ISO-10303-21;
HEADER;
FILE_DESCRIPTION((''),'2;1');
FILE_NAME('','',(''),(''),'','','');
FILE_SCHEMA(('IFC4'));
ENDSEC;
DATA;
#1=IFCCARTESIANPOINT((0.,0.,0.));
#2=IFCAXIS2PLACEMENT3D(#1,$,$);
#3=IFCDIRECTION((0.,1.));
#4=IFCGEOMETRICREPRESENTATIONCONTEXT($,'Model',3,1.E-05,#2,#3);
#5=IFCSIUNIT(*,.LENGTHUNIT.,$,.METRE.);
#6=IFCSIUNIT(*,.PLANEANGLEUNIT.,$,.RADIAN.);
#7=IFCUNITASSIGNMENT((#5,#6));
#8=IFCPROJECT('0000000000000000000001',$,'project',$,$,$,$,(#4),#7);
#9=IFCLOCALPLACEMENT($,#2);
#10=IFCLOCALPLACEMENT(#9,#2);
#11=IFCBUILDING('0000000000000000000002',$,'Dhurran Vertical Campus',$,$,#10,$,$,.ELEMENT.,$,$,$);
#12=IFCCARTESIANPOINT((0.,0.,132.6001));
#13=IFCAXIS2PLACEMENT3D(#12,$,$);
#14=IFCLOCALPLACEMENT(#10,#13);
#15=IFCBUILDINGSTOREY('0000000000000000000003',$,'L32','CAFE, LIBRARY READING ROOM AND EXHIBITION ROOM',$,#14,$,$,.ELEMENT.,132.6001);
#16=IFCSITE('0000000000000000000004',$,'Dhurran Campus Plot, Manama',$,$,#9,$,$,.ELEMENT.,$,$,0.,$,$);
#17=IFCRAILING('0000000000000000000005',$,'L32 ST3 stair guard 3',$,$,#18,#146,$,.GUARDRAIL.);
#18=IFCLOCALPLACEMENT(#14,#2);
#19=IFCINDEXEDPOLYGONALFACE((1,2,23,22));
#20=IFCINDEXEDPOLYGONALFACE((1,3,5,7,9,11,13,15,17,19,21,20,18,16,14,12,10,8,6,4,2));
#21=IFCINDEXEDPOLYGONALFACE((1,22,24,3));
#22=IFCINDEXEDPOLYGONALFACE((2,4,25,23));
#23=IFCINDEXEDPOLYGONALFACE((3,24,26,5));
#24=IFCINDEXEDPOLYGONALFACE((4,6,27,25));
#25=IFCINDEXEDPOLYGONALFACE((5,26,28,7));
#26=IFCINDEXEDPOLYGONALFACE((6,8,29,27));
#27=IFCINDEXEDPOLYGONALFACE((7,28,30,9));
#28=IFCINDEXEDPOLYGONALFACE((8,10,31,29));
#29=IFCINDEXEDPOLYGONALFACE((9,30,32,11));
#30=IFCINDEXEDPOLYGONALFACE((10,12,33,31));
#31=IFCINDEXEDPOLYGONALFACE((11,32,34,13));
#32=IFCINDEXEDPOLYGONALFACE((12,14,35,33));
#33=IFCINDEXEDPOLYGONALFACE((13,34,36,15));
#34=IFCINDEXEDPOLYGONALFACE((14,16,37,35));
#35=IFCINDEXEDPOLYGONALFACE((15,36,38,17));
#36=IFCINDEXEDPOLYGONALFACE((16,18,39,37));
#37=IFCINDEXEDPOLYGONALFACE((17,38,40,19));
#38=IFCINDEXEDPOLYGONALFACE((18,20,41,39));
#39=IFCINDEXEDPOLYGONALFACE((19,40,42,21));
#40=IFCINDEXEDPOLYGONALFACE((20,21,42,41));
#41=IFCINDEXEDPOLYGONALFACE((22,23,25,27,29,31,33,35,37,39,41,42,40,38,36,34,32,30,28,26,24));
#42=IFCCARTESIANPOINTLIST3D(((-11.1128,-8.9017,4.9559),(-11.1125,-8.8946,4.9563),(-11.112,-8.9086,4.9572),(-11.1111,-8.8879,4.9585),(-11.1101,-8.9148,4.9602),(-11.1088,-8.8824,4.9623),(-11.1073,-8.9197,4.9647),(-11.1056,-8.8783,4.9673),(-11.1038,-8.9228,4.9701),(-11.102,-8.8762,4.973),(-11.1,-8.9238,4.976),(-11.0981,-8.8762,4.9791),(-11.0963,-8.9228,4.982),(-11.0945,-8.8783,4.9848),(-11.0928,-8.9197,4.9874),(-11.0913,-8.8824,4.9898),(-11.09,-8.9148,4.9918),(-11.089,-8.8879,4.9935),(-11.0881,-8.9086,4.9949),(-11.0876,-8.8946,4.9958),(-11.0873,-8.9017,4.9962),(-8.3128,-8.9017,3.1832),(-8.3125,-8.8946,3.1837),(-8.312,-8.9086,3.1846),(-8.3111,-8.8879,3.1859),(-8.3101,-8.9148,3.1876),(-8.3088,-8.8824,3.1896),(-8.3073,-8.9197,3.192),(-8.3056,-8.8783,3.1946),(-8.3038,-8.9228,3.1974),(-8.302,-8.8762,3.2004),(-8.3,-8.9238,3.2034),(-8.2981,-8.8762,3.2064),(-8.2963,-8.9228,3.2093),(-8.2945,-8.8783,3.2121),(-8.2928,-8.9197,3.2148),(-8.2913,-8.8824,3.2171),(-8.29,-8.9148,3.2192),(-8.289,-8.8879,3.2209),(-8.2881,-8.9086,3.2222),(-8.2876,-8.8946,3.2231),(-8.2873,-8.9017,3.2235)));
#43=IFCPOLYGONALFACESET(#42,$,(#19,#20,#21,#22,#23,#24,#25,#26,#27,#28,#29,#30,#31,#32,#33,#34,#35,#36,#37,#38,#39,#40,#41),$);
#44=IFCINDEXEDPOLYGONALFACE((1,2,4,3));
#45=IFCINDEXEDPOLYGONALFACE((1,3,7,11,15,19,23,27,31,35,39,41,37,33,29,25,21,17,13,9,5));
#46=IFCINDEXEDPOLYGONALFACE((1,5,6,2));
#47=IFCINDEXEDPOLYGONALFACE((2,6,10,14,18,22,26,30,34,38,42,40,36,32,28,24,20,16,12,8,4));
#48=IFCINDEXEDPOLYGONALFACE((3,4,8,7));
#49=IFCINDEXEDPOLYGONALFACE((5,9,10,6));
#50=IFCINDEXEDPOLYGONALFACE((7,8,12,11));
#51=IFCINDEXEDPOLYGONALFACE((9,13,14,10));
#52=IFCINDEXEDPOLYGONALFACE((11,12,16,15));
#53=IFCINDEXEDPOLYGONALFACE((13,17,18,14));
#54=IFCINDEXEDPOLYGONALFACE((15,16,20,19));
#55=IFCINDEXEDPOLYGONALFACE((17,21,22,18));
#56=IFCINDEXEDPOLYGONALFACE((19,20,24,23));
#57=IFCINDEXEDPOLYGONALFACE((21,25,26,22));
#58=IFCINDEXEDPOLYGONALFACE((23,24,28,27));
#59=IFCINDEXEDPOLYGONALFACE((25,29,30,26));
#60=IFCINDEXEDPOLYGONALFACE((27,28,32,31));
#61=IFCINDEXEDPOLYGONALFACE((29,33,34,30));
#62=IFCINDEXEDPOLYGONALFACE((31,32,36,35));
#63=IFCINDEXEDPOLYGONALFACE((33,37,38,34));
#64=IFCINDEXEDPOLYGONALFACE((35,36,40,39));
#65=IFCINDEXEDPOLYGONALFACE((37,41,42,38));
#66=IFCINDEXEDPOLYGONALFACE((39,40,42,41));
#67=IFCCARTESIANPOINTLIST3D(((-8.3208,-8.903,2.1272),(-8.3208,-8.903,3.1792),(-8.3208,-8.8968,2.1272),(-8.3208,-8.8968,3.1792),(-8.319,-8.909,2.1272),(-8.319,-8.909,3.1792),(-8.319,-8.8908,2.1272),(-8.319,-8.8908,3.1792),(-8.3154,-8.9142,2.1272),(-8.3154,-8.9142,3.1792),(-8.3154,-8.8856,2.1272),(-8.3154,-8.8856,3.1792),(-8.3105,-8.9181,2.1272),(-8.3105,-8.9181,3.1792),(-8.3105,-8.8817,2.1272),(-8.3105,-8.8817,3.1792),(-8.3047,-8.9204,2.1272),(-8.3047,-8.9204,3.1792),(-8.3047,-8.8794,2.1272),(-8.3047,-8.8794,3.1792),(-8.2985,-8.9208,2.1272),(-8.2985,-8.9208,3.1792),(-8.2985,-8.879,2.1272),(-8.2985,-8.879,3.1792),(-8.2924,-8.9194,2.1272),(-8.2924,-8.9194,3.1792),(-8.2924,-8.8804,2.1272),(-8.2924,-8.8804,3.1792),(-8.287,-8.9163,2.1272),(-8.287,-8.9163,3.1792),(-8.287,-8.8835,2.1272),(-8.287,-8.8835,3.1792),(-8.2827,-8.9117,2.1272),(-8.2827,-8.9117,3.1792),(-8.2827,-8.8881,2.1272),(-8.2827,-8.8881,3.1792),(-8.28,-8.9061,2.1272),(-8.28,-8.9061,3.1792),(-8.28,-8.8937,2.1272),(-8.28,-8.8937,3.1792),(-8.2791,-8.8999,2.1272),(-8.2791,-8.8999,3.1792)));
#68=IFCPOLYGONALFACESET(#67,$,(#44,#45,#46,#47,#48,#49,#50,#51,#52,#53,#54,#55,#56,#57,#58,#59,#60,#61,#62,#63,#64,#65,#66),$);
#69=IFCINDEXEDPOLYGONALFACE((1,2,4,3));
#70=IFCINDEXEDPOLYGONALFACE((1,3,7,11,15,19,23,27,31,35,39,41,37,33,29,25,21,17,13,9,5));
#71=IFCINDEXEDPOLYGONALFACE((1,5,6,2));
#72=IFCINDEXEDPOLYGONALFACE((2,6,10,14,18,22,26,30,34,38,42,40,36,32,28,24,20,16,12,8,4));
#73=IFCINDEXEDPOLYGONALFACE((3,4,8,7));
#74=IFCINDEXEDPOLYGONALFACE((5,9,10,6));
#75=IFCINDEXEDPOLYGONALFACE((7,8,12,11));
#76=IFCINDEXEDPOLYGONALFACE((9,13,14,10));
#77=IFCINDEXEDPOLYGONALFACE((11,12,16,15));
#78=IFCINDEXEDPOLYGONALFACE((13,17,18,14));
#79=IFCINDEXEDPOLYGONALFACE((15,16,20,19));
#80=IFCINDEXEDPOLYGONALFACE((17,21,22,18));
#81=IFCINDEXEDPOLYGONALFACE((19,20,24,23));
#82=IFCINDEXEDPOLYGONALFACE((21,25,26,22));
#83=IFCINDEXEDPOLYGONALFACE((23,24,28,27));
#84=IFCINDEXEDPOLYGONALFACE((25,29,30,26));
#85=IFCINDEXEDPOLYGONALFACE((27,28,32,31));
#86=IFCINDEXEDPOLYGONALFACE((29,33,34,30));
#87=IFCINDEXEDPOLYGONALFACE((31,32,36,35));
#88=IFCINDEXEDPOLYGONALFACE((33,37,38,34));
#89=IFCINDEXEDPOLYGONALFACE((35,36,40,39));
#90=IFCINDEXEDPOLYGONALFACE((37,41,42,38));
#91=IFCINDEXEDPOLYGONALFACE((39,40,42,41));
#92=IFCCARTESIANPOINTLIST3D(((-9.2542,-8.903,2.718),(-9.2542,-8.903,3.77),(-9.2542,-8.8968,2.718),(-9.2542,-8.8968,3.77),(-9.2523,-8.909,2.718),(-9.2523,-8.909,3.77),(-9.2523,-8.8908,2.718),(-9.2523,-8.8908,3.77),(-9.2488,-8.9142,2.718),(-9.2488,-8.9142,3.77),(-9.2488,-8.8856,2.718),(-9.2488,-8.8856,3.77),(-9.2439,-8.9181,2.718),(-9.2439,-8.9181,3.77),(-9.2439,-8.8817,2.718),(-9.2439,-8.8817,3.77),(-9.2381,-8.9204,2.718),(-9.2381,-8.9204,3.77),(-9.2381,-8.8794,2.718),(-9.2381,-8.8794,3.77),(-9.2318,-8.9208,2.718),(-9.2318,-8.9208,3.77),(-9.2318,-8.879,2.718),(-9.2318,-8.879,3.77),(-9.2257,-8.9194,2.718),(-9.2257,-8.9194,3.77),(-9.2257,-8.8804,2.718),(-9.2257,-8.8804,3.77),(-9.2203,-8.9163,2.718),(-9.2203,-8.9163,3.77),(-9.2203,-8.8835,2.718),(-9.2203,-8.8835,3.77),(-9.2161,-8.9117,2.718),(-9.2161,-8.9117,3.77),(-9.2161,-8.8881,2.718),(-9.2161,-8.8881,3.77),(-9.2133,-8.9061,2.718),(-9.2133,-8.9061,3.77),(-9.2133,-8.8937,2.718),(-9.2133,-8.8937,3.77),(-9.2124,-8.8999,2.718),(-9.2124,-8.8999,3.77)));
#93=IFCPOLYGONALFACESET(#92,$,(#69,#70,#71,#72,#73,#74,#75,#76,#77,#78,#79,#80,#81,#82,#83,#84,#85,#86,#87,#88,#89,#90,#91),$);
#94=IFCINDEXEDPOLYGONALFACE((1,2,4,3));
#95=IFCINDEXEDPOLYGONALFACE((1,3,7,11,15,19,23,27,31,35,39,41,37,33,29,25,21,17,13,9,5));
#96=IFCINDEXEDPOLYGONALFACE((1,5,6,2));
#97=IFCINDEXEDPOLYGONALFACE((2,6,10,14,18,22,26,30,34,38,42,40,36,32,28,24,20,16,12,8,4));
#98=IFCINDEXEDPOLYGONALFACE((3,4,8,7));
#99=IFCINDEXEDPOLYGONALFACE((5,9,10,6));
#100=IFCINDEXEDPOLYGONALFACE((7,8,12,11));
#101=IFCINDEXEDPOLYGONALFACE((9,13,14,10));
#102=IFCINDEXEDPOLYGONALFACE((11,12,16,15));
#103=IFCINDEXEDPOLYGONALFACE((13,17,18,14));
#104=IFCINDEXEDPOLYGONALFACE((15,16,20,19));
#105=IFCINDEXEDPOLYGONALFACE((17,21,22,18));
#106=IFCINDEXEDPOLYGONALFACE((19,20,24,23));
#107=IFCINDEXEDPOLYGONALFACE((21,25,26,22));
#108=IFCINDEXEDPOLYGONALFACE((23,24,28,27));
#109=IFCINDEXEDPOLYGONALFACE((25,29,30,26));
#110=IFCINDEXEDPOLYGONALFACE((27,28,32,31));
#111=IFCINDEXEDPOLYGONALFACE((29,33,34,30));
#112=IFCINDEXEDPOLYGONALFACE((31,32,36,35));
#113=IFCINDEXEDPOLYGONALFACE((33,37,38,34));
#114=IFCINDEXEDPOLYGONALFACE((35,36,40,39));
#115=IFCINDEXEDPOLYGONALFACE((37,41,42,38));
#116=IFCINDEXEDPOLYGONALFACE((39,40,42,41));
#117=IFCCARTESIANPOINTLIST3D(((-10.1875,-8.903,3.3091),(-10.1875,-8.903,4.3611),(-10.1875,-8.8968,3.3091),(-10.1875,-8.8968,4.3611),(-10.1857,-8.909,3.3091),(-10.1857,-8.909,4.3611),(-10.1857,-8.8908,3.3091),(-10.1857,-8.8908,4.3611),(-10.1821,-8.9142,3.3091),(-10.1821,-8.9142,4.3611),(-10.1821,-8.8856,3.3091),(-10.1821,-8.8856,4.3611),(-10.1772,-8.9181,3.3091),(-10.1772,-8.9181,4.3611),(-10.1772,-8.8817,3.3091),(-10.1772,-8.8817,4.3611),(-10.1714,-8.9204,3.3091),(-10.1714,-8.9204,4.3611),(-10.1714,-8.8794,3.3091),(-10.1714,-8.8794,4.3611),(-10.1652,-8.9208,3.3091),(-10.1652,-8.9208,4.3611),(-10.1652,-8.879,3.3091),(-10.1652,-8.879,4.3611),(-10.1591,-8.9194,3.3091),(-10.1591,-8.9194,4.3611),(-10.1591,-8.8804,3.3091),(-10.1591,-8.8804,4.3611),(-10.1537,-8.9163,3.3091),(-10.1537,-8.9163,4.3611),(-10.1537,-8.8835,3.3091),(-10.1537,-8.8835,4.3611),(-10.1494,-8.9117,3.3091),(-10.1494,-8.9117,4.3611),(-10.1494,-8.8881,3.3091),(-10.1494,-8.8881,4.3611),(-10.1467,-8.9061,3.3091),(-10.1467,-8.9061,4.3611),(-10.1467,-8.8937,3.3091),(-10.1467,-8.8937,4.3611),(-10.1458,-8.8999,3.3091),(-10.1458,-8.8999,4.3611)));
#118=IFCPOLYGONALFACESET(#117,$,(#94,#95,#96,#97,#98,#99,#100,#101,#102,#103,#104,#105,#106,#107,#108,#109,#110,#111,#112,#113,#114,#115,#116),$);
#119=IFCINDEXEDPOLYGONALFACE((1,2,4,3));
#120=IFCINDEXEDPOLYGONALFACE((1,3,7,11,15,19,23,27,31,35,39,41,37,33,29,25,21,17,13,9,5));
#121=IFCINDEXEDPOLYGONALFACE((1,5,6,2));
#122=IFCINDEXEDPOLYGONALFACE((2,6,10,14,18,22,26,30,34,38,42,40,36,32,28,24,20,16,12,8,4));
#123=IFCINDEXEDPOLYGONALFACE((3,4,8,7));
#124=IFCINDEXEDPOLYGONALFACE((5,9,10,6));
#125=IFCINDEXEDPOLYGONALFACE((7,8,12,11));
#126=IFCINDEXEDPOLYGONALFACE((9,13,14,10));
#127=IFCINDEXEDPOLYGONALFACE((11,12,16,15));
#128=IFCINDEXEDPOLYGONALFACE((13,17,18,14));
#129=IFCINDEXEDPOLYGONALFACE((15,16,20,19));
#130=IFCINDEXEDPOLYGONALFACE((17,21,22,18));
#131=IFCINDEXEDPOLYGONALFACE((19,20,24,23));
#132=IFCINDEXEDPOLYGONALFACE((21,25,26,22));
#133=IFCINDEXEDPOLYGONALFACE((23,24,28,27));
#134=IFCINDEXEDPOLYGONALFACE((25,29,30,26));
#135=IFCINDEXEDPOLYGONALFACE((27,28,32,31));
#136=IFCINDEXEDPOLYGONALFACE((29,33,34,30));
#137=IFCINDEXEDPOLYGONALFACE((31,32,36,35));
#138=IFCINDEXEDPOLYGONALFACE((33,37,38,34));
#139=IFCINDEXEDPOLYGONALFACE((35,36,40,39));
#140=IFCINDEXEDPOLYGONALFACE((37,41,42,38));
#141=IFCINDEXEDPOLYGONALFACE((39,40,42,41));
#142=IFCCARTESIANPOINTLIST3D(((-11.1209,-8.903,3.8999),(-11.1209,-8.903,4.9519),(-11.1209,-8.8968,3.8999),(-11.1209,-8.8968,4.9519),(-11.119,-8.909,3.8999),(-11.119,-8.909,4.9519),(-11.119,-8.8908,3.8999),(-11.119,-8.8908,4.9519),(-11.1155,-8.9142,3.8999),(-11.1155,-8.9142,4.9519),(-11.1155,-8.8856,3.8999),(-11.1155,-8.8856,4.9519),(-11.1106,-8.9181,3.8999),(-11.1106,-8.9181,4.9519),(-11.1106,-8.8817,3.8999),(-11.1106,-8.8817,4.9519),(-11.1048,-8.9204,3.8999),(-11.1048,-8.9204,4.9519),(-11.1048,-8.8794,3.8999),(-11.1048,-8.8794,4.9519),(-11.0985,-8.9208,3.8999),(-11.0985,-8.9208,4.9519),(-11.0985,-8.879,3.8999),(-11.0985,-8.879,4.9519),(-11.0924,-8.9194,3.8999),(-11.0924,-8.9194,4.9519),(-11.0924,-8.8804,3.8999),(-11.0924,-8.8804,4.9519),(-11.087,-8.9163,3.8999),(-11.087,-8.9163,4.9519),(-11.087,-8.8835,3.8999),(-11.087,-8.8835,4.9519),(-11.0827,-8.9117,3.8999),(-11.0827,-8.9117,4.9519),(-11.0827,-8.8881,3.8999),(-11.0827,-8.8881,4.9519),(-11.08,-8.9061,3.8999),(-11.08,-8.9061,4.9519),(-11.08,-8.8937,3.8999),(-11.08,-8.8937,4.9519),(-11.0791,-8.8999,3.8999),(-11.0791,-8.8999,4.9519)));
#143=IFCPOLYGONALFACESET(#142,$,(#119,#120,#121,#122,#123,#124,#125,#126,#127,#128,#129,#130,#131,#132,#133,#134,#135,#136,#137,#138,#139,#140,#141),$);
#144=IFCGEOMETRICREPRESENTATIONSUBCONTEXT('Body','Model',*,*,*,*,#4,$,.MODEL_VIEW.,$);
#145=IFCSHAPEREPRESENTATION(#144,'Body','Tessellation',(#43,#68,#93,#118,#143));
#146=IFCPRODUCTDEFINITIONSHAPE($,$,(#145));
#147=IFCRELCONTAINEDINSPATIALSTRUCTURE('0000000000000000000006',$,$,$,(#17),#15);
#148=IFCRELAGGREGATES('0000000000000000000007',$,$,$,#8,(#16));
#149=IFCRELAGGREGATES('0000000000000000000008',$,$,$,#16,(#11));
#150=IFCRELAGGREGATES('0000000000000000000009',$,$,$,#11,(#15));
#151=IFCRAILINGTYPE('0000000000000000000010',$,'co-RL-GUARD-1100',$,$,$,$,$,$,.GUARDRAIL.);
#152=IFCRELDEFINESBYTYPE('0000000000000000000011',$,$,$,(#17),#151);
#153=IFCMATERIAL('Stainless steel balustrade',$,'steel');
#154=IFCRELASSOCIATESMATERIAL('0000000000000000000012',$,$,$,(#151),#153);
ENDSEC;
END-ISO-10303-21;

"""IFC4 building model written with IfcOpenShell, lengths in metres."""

from ifc_helpers import new_model, si_unit, direction, frame, origin, origin_2d, place, context, subcontext, project, spatial, circle, extrude, material, type_object, element, save


model = new_model("IFC4")

# Units and contexts
model_context = context("Model", 3, precision=1e-05, world=origin(), true_north=direction((0.0, 1.0)))
body_context = subcontext(model_context, "Body", "Model", "MODEL_VIEW")
ifc_project = project(units=[si_unit("LENGTHUNIT", "METRE"), si_unit("PLANEANGLEUNIT", "RADIAN")], contexts=[model_context])

# Site, building, storey
site_placement = place(None, origin())
site = spatial("IfcSite", under=ifc_project, at=site_placement, Name="Dhurran Campus Plot, Manama", CompositionType="ELEMENT", RefElevation=0.0)
building_placement = place(site_placement, origin())
building = spatial("IfcBuilding", under=site, at=building_placement, Name="Dhurran Vertical Campus", CompositionType="ELEMENT")
storey_placement = place(building_placement, frame((0.0, 0.0, 132.6001)))
storey = spatial("IfcBuildingStorey", under=building, at=storey_placement, Name="L32", Description="CAFE, LIBRARY READING ROOM AND EXHIBITION ROOM", CompositionType="ELEMENT", Elevation=132.6001)

# Railing
ifc_material_1 = material(Name="Stainless steel balustrade", Category="steel")
railing_type_1 = type_object("IfcRailingType", Name="co-RL-GUARD-1100", PredefinedType="GUARDRAIL", material=ifc_material_1)
railing_1_placement = place(storey_placement, frame((-8.3, -8.8999, 2.1272)))
element("IfcRailing", 1, at=railing_1_placement, inside=storey, type_object=railing_type_1, Name="L32 ST3 stair guard 3", PredefinedType="GUARDRAIL", context=body_context, shape_type="SweptSolid", body=[
    extrude(circle(Radius=0.0239, at=origin_2d()), frame((0.0, 0.0, 1.0762), z_axis=(-0.844909, 0.0, 0.53491), x_axis=(0.0, -1.0, 0.0)), (0.0, 0.0, 1.0), 3.314),
    extrude(circle(Radius=0.021, at=origin_2d()), origin(), (0.0, 0.0, 1.0), 1.052),
    extrude(circle(Radius=0.021, at=origin_2d()), frame((-0.9333, 0.0, 0.5908)), (0.0, 0.0, 1.0), 1.052),
    extrude(circle(Radius=0.021, at=origin_2d()), frame((-1.8667, 0.0, 1.1819)), (0.0, 0.0, 1.0), 1.052),
    extrude(circle(Radius=0.021, at=origin_2d()), frame((-2.8, 0.0, 1.7727)), (0.0, 0.0, 1.0), 1.052),
])

save(model, "model.ifc")
